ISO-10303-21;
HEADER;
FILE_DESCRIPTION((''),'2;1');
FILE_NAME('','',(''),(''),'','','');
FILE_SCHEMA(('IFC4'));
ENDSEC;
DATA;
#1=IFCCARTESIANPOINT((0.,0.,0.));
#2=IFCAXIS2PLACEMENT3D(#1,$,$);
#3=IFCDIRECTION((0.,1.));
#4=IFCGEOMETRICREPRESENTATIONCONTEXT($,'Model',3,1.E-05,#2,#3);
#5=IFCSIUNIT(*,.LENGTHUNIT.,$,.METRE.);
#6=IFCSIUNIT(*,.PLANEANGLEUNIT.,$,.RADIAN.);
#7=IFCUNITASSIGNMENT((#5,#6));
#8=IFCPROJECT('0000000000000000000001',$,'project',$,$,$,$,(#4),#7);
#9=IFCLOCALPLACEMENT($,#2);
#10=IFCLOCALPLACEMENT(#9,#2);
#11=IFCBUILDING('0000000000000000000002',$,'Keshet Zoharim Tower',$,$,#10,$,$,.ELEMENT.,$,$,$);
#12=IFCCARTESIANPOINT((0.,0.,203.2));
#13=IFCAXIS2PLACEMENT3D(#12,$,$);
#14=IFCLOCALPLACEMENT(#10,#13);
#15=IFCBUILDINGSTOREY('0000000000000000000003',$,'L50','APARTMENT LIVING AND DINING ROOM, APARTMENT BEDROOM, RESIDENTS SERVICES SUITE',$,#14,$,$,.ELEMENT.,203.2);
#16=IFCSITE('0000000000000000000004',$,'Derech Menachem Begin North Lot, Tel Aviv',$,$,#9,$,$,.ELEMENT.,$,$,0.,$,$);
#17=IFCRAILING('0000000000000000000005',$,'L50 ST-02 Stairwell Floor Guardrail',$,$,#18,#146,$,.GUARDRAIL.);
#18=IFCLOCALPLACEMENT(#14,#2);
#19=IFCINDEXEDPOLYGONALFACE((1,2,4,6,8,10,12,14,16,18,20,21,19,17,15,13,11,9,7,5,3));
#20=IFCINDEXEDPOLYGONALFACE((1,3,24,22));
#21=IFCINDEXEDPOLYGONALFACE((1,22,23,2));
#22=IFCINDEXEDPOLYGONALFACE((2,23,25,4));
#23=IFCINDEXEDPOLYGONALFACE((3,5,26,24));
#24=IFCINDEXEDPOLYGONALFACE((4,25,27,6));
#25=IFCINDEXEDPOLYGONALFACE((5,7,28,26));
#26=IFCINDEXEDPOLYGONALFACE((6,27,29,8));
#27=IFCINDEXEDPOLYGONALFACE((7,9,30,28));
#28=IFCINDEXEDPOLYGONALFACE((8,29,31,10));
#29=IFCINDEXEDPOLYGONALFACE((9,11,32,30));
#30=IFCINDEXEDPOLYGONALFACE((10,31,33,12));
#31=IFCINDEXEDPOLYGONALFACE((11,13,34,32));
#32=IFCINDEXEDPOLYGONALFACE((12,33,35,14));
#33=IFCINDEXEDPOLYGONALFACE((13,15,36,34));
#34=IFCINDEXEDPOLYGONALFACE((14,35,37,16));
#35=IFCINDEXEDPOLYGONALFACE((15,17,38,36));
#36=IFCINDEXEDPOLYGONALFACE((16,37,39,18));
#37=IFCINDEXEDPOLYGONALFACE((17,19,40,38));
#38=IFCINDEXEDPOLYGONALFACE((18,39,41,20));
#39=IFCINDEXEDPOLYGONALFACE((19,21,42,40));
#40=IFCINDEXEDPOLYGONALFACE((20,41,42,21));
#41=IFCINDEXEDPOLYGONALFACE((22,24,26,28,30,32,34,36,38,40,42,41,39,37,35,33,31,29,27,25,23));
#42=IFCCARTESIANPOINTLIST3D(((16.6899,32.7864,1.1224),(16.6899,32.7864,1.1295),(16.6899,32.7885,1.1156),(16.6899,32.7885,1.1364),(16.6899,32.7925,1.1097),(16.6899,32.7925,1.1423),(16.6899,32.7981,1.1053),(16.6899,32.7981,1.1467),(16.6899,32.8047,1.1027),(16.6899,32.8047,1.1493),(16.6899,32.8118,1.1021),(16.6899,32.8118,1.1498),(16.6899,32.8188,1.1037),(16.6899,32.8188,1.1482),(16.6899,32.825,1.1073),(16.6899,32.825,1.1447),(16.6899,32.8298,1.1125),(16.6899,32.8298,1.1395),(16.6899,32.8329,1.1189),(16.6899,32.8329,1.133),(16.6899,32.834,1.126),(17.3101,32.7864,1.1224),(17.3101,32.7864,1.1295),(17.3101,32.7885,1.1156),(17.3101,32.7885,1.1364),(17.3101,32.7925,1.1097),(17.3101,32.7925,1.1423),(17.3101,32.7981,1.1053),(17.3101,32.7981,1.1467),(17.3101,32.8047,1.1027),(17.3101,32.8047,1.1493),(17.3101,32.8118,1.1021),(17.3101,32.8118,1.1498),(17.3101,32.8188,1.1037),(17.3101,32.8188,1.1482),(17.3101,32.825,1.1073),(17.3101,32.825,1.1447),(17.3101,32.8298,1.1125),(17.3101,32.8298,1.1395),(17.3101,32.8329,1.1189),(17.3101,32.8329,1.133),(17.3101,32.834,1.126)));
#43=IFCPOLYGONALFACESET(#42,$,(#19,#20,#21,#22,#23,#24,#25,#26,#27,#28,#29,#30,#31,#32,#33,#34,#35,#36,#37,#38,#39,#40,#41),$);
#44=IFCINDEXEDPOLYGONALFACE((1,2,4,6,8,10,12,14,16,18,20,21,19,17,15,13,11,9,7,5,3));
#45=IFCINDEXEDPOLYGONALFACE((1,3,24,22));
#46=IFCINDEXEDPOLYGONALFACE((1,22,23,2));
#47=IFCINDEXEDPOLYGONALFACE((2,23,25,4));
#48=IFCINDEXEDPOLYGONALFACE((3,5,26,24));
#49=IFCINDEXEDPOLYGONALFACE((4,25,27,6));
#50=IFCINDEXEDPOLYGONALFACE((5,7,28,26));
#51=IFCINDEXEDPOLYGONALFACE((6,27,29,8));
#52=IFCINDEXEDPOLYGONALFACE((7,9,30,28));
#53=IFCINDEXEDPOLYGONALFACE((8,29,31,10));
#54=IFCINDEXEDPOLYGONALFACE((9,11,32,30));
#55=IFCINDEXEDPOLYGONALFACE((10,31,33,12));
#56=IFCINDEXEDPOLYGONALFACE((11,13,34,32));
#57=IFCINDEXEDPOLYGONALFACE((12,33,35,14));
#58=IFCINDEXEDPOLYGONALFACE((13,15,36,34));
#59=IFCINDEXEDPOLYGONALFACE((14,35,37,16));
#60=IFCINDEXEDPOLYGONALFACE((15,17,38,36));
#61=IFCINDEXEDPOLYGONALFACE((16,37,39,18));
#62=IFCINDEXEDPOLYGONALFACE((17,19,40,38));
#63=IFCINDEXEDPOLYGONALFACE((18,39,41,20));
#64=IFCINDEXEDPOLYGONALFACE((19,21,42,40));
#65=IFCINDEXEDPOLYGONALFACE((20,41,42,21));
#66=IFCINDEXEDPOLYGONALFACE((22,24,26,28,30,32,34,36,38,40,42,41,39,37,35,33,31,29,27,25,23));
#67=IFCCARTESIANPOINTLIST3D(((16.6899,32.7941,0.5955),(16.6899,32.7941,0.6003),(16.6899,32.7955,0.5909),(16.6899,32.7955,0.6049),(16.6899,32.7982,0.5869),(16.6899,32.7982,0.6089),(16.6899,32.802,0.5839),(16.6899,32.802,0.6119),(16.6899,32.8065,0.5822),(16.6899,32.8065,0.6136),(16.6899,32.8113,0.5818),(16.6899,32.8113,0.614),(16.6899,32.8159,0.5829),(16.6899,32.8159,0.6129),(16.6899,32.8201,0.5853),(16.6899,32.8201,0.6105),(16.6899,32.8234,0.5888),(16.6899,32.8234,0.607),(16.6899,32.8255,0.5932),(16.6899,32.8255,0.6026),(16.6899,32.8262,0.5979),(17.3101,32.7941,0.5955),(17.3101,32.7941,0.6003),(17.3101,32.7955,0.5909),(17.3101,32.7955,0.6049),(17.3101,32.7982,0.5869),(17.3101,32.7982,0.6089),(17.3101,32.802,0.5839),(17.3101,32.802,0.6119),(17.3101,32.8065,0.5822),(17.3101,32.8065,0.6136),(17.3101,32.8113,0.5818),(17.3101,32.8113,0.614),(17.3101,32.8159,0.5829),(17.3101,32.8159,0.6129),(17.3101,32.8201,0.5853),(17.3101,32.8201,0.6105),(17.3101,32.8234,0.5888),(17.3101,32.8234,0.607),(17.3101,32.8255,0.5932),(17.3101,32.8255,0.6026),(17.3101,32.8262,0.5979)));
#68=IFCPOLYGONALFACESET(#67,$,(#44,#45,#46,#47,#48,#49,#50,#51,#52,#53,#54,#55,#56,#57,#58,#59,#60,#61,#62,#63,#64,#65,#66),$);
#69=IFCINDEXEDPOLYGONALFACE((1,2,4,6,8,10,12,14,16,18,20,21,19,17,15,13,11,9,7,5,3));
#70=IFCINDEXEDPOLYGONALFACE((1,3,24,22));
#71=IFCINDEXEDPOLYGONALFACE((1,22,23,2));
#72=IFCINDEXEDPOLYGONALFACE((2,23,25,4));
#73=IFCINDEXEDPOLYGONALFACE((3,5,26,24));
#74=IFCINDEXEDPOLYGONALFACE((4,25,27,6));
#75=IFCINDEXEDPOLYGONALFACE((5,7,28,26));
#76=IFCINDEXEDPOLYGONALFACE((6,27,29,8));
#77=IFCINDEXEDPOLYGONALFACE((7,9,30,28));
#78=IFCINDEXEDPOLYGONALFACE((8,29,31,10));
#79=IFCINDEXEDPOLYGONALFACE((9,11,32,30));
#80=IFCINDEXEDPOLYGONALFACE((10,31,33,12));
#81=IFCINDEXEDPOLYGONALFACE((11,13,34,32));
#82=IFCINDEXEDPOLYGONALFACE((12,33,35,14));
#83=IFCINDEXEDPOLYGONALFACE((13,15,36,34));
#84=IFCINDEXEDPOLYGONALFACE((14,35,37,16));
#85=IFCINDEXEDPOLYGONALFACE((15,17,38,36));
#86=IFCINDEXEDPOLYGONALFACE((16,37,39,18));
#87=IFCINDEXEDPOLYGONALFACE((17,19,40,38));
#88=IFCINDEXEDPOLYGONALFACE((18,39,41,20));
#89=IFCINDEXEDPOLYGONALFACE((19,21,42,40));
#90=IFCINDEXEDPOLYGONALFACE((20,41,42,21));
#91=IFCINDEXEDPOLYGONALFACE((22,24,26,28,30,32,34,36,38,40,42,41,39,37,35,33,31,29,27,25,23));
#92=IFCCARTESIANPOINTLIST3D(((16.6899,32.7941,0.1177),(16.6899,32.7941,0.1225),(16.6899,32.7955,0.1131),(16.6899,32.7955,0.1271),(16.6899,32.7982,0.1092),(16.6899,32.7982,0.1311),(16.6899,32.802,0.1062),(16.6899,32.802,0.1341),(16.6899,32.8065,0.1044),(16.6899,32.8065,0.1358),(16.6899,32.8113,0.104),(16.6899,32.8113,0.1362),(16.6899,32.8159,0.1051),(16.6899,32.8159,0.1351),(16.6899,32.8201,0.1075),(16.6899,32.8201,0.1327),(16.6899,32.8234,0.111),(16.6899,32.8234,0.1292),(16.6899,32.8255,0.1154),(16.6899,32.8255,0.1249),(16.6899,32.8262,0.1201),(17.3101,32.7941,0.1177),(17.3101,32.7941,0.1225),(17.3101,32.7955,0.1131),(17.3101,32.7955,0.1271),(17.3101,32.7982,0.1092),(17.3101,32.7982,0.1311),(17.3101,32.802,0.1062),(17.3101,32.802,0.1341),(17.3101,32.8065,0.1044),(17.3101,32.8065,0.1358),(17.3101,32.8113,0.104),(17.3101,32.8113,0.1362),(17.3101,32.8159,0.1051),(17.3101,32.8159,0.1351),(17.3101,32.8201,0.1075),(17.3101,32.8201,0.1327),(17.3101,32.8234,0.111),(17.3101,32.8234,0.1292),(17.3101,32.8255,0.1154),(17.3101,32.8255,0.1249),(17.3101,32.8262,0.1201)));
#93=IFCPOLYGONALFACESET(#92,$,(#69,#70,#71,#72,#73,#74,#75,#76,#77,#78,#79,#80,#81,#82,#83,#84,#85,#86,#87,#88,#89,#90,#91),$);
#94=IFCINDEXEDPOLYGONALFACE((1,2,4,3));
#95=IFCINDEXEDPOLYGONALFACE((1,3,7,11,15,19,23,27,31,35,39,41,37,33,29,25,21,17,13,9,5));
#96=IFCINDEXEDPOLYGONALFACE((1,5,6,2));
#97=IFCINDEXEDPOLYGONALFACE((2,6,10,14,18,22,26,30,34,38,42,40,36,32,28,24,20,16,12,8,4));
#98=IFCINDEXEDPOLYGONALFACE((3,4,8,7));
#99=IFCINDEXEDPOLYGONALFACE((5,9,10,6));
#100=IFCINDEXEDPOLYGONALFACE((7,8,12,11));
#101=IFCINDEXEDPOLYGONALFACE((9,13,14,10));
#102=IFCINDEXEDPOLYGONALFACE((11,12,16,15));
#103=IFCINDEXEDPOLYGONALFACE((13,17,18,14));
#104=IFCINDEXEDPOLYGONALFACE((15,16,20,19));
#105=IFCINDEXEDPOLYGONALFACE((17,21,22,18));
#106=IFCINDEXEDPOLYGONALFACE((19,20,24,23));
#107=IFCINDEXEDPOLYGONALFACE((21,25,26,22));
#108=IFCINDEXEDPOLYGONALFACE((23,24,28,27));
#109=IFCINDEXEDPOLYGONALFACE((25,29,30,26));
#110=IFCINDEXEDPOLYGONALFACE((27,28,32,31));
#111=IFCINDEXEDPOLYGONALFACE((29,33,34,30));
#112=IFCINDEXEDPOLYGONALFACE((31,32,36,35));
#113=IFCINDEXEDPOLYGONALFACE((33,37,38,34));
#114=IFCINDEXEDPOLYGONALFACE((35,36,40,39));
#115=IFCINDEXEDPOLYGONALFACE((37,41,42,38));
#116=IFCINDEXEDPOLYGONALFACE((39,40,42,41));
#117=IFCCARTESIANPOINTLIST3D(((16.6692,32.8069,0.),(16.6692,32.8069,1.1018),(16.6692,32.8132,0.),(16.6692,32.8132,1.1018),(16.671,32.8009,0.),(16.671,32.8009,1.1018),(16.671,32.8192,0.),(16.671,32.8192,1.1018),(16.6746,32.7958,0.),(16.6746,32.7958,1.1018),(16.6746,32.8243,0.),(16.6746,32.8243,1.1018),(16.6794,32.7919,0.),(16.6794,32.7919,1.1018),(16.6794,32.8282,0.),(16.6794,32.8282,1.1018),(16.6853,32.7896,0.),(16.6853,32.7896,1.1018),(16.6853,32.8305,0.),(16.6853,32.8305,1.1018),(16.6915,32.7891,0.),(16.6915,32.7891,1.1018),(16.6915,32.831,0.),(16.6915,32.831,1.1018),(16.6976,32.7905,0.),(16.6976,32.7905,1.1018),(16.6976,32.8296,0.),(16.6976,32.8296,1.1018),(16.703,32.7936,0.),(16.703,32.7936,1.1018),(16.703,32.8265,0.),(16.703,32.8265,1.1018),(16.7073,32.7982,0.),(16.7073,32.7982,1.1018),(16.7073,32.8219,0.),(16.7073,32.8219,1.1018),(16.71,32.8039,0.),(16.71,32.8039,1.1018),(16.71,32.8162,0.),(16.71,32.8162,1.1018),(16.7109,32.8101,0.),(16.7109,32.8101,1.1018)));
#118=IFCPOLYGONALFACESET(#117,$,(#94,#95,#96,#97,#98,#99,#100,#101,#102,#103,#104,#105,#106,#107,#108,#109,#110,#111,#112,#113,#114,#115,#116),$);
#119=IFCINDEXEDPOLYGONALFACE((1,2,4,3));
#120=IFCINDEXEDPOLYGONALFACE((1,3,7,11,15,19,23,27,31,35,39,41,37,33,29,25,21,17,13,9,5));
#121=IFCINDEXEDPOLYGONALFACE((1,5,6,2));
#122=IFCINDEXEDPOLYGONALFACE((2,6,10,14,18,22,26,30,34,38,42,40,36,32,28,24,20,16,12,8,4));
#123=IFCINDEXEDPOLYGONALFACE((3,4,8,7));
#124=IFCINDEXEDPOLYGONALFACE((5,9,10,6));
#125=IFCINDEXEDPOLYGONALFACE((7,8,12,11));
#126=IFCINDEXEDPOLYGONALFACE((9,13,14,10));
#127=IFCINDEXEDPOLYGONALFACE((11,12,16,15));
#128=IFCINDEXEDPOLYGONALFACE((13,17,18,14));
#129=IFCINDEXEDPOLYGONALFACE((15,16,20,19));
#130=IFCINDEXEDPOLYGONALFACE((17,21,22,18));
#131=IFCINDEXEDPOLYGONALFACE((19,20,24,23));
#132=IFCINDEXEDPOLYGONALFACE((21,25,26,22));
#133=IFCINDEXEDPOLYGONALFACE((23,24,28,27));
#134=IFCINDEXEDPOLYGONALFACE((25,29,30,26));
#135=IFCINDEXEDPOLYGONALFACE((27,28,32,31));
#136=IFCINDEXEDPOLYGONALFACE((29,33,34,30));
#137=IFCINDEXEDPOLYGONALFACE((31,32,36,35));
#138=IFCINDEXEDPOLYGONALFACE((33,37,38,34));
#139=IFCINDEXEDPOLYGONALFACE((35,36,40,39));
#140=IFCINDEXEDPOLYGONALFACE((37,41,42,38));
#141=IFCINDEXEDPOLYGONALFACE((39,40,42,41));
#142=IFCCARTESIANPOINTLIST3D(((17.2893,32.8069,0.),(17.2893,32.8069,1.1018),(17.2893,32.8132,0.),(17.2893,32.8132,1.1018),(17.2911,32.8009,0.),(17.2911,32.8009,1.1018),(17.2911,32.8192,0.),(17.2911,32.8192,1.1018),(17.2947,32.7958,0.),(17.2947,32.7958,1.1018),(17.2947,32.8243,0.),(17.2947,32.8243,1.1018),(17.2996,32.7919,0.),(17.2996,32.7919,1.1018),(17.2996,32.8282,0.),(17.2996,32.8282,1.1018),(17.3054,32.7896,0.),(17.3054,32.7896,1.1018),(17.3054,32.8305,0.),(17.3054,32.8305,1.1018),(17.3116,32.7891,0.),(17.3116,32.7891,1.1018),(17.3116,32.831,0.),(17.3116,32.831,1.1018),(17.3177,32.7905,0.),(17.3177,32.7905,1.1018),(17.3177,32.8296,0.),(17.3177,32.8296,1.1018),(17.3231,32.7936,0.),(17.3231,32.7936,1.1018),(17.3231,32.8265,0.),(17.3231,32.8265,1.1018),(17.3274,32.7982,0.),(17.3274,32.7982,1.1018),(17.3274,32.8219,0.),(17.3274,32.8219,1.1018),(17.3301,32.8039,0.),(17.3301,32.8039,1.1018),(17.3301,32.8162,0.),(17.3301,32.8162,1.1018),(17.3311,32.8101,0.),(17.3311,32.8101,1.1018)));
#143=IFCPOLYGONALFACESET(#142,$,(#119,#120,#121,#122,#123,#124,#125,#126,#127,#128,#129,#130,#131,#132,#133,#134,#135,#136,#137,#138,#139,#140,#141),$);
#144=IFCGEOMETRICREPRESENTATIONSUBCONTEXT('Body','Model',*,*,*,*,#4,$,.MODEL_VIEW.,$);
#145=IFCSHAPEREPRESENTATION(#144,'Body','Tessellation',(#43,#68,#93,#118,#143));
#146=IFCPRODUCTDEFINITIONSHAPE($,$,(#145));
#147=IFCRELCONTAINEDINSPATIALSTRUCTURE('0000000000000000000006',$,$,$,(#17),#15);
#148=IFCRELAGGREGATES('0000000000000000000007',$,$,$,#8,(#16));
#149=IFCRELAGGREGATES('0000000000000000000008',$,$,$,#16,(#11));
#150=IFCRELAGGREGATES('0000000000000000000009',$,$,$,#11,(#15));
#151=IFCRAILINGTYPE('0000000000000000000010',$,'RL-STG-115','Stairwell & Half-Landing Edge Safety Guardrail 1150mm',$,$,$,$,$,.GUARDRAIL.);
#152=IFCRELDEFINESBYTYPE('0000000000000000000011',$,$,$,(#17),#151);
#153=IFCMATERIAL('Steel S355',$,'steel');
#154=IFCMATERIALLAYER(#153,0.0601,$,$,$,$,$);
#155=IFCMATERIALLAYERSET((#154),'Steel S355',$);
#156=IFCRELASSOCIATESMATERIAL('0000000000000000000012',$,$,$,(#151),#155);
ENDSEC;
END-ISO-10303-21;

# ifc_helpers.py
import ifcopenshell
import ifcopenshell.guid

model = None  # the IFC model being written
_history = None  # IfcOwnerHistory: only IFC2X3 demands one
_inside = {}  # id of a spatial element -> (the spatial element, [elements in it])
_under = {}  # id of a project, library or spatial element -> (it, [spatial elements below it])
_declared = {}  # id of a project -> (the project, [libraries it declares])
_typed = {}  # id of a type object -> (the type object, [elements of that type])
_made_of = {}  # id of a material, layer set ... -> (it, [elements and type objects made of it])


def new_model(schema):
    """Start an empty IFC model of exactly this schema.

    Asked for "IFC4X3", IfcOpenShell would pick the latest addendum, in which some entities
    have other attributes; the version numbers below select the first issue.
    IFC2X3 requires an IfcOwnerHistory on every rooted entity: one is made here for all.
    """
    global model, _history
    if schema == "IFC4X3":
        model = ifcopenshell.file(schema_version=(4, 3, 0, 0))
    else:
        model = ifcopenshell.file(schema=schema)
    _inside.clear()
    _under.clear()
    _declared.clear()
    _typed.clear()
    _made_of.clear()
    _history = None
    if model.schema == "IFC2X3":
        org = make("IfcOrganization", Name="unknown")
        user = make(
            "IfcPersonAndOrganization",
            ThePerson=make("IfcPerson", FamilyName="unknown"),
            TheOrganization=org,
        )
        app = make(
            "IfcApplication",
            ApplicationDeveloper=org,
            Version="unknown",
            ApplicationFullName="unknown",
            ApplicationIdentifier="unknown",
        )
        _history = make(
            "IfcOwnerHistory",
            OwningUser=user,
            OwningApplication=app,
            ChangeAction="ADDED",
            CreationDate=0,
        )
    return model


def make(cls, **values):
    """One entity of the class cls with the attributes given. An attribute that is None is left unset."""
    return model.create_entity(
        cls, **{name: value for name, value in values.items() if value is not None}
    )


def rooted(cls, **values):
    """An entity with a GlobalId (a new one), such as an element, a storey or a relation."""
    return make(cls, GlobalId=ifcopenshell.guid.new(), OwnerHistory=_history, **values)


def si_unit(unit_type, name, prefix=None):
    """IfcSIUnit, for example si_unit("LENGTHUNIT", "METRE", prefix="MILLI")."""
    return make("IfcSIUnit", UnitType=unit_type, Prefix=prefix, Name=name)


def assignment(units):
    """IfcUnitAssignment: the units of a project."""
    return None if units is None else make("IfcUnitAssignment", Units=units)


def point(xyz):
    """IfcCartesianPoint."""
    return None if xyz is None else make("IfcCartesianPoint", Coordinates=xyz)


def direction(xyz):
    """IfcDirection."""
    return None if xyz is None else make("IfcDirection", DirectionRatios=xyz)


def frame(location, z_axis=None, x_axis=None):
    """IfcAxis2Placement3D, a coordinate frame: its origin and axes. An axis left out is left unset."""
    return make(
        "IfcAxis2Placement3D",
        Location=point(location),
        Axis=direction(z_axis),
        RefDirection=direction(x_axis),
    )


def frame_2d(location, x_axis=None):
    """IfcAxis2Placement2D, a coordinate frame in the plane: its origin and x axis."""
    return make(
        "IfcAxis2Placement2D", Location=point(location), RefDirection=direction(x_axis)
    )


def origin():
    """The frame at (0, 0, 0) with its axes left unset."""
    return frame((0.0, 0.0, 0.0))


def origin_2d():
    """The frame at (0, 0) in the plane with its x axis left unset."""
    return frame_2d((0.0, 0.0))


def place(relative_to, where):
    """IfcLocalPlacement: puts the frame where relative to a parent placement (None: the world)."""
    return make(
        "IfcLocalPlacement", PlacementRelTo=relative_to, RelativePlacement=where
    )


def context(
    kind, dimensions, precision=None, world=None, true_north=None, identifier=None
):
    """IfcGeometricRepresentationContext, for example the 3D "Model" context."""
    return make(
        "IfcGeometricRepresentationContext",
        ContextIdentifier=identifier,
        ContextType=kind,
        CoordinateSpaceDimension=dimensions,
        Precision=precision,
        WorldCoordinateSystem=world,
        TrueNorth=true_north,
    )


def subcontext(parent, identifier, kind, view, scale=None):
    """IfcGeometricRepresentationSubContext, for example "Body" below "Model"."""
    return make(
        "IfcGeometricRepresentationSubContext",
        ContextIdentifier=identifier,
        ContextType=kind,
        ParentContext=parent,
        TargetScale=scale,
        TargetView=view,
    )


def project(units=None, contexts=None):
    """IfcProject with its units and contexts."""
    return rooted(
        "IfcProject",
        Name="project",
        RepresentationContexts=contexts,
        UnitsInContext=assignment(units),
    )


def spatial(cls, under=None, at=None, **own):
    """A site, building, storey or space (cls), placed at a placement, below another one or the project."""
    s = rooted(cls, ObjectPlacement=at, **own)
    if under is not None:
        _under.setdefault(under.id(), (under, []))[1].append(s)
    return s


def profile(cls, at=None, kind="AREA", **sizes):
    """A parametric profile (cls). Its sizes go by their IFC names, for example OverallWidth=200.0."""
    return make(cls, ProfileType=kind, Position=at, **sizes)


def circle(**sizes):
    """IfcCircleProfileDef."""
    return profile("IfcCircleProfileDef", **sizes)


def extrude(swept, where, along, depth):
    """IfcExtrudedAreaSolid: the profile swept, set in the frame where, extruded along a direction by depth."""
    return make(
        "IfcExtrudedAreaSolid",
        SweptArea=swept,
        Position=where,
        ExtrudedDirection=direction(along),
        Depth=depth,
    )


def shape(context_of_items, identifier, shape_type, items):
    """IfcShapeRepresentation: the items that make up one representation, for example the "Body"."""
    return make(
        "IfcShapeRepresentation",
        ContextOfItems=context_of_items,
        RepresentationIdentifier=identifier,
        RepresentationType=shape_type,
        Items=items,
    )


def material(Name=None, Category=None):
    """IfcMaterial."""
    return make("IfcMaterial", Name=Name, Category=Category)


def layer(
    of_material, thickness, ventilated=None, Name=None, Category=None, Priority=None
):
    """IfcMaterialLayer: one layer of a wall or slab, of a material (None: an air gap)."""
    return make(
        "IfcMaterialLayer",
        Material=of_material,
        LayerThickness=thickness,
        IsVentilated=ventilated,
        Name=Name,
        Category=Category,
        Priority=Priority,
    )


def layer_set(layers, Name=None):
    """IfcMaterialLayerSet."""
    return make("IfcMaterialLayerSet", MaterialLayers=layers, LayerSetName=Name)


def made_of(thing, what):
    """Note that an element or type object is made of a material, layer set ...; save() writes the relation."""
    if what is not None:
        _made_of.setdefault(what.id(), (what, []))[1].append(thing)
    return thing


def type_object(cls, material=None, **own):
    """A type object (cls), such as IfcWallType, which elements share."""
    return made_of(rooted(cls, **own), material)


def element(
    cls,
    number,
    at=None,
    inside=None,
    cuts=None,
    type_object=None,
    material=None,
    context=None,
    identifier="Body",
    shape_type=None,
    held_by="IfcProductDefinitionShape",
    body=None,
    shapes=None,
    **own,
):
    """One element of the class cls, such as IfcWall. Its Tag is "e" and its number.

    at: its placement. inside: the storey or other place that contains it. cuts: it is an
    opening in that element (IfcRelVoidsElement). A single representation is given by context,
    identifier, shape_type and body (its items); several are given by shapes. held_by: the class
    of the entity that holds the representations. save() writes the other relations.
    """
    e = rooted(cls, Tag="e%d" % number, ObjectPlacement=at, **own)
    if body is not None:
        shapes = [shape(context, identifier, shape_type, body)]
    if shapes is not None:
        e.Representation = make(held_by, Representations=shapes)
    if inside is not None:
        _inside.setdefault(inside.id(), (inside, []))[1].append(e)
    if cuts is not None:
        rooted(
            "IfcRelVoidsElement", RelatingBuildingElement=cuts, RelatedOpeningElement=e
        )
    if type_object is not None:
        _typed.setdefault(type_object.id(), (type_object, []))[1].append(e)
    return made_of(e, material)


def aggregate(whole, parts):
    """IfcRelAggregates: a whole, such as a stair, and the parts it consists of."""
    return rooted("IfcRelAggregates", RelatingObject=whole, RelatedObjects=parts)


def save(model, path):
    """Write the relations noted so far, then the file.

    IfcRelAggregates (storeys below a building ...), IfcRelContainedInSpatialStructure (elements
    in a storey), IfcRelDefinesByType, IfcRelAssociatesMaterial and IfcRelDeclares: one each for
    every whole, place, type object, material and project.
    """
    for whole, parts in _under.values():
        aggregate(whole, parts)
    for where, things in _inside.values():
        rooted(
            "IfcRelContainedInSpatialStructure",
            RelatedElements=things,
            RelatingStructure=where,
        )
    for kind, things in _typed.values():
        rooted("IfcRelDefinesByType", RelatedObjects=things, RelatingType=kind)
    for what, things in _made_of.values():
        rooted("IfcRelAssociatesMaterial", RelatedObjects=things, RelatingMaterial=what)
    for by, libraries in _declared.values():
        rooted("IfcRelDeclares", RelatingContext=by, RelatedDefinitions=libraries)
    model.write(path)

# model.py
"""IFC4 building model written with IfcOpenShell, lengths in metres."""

from ifc_helpers import new_model, si_unit, direction, frame, origin, origin_2d, place, context, subcontext, project, spatial, circle, extrude, material, layer, layer_set, type_object, element, save


model = new_model("IFC4")

# Units and contexts
model_context = context("Model", 3, precision=1e-05, world=origin(), true_north=direction((0.0, 1.0)))
body_context = subcontext(model_context, "Body", "Model", "MODEL_VIEW")
ifc_project = project(units=[si_unit("LENGTHUNIT", "METRE"), si_unit("PLANEANGLEUNIT", "RADIAN")], contexts=[model_context])

# Site, building, storey
site_placement = place(None, origin())
site = spatial("IfcSite", under=ifc_project, at=site_placement, Name="Derech Menachem Begin North Lot, Tel Aviv", CompositionType="ELEMENT", RefElevation=0.0)
building_placement = place(site_placement, origin())
building = spatial("IfcBuilding", under=site, at=building_placement, Name="Keshet Zoharim Tower", CompositionType="ELEMENT")
storey_placement = place(building_placement, frame((0.0, 0.0, 203.2)))
storey = spatial("IfcBuildingStorey", under=building, at=storey_placement, Name="L50", Description="APARTMENT LIVING AND DINING ROOM, APARTMENT BEDROOM, RESIDENTS SERVICES SUITE", CompositionType="ELEMENT", Elevation=203.2)

# Shared definitions
ifc_material_1 = material(Name="Steel S355", Category="steel")

# Railing
ifc_layer_1 = layer(ifc_material_1, 0.0601)
ifc_layer_set_1 = layer_set([ifc_layer_1], Name="Steel S355")
railing_type_1 = type_object("IfcRailingType", Name="RL-STG-115", Description="Stairwell & Half-Landing Edge Safety Guardrail 1150mm", PredefinedType="GUARDRAIL", material=ifc_layer_set_1)
railing_1_placement = place(storey_placement, frame((16.6899, 32.8101, 0.0)))
element("IfcRailing", 1, at=railing_1_placement, inside=storey, type_object=railing_type_1, Name="L50 ST-02 Stairwell Floor Guardrail", PredefinedType="GUARDRAIL", context=body_context, shape_type="SweptSolid", body=[
    extrude(circle(Radius=0.0239, at=origin_2d()), frame((0.0, 0.0, 1.126), z_axis=(1.0, 0.0, 0.0), x_axis=(0.0, 1.0, 0.0)), (0.0, 0.0, 1.0), 0.6201),
    extrude(circle(Radius=0.0161, at=origin_2d()), frame((0.0, 0.0, 0.5979), z_axis=(1.0, 0.0, 0.0), x_axis=(0.0, 1.0, 0.0)), (0.0, 0.0, 1.0), 0.6201),
    extrude(circle(Radius=0.0161, at=origin_2d()), frame((0.0, 0.0, 0.1201), z_axis=(1.0, 0.0, 0.0), x_axis=(0.0, 1.0, 0.0)), (0.0, 0.0, 1.0), 0.6201),
    extrude(circle(Radius=0.021, at=origin_2d()), origin(), (0.0, 0.0, 1.0), 1.1018),
    extrude(circle(Radius=0.021, at=origin_2d()), frame((0.6201, 0.0, 0.0)), (0.0, 0.0, 1.0), 1.1018),
])

save(model, "model.ifc")
